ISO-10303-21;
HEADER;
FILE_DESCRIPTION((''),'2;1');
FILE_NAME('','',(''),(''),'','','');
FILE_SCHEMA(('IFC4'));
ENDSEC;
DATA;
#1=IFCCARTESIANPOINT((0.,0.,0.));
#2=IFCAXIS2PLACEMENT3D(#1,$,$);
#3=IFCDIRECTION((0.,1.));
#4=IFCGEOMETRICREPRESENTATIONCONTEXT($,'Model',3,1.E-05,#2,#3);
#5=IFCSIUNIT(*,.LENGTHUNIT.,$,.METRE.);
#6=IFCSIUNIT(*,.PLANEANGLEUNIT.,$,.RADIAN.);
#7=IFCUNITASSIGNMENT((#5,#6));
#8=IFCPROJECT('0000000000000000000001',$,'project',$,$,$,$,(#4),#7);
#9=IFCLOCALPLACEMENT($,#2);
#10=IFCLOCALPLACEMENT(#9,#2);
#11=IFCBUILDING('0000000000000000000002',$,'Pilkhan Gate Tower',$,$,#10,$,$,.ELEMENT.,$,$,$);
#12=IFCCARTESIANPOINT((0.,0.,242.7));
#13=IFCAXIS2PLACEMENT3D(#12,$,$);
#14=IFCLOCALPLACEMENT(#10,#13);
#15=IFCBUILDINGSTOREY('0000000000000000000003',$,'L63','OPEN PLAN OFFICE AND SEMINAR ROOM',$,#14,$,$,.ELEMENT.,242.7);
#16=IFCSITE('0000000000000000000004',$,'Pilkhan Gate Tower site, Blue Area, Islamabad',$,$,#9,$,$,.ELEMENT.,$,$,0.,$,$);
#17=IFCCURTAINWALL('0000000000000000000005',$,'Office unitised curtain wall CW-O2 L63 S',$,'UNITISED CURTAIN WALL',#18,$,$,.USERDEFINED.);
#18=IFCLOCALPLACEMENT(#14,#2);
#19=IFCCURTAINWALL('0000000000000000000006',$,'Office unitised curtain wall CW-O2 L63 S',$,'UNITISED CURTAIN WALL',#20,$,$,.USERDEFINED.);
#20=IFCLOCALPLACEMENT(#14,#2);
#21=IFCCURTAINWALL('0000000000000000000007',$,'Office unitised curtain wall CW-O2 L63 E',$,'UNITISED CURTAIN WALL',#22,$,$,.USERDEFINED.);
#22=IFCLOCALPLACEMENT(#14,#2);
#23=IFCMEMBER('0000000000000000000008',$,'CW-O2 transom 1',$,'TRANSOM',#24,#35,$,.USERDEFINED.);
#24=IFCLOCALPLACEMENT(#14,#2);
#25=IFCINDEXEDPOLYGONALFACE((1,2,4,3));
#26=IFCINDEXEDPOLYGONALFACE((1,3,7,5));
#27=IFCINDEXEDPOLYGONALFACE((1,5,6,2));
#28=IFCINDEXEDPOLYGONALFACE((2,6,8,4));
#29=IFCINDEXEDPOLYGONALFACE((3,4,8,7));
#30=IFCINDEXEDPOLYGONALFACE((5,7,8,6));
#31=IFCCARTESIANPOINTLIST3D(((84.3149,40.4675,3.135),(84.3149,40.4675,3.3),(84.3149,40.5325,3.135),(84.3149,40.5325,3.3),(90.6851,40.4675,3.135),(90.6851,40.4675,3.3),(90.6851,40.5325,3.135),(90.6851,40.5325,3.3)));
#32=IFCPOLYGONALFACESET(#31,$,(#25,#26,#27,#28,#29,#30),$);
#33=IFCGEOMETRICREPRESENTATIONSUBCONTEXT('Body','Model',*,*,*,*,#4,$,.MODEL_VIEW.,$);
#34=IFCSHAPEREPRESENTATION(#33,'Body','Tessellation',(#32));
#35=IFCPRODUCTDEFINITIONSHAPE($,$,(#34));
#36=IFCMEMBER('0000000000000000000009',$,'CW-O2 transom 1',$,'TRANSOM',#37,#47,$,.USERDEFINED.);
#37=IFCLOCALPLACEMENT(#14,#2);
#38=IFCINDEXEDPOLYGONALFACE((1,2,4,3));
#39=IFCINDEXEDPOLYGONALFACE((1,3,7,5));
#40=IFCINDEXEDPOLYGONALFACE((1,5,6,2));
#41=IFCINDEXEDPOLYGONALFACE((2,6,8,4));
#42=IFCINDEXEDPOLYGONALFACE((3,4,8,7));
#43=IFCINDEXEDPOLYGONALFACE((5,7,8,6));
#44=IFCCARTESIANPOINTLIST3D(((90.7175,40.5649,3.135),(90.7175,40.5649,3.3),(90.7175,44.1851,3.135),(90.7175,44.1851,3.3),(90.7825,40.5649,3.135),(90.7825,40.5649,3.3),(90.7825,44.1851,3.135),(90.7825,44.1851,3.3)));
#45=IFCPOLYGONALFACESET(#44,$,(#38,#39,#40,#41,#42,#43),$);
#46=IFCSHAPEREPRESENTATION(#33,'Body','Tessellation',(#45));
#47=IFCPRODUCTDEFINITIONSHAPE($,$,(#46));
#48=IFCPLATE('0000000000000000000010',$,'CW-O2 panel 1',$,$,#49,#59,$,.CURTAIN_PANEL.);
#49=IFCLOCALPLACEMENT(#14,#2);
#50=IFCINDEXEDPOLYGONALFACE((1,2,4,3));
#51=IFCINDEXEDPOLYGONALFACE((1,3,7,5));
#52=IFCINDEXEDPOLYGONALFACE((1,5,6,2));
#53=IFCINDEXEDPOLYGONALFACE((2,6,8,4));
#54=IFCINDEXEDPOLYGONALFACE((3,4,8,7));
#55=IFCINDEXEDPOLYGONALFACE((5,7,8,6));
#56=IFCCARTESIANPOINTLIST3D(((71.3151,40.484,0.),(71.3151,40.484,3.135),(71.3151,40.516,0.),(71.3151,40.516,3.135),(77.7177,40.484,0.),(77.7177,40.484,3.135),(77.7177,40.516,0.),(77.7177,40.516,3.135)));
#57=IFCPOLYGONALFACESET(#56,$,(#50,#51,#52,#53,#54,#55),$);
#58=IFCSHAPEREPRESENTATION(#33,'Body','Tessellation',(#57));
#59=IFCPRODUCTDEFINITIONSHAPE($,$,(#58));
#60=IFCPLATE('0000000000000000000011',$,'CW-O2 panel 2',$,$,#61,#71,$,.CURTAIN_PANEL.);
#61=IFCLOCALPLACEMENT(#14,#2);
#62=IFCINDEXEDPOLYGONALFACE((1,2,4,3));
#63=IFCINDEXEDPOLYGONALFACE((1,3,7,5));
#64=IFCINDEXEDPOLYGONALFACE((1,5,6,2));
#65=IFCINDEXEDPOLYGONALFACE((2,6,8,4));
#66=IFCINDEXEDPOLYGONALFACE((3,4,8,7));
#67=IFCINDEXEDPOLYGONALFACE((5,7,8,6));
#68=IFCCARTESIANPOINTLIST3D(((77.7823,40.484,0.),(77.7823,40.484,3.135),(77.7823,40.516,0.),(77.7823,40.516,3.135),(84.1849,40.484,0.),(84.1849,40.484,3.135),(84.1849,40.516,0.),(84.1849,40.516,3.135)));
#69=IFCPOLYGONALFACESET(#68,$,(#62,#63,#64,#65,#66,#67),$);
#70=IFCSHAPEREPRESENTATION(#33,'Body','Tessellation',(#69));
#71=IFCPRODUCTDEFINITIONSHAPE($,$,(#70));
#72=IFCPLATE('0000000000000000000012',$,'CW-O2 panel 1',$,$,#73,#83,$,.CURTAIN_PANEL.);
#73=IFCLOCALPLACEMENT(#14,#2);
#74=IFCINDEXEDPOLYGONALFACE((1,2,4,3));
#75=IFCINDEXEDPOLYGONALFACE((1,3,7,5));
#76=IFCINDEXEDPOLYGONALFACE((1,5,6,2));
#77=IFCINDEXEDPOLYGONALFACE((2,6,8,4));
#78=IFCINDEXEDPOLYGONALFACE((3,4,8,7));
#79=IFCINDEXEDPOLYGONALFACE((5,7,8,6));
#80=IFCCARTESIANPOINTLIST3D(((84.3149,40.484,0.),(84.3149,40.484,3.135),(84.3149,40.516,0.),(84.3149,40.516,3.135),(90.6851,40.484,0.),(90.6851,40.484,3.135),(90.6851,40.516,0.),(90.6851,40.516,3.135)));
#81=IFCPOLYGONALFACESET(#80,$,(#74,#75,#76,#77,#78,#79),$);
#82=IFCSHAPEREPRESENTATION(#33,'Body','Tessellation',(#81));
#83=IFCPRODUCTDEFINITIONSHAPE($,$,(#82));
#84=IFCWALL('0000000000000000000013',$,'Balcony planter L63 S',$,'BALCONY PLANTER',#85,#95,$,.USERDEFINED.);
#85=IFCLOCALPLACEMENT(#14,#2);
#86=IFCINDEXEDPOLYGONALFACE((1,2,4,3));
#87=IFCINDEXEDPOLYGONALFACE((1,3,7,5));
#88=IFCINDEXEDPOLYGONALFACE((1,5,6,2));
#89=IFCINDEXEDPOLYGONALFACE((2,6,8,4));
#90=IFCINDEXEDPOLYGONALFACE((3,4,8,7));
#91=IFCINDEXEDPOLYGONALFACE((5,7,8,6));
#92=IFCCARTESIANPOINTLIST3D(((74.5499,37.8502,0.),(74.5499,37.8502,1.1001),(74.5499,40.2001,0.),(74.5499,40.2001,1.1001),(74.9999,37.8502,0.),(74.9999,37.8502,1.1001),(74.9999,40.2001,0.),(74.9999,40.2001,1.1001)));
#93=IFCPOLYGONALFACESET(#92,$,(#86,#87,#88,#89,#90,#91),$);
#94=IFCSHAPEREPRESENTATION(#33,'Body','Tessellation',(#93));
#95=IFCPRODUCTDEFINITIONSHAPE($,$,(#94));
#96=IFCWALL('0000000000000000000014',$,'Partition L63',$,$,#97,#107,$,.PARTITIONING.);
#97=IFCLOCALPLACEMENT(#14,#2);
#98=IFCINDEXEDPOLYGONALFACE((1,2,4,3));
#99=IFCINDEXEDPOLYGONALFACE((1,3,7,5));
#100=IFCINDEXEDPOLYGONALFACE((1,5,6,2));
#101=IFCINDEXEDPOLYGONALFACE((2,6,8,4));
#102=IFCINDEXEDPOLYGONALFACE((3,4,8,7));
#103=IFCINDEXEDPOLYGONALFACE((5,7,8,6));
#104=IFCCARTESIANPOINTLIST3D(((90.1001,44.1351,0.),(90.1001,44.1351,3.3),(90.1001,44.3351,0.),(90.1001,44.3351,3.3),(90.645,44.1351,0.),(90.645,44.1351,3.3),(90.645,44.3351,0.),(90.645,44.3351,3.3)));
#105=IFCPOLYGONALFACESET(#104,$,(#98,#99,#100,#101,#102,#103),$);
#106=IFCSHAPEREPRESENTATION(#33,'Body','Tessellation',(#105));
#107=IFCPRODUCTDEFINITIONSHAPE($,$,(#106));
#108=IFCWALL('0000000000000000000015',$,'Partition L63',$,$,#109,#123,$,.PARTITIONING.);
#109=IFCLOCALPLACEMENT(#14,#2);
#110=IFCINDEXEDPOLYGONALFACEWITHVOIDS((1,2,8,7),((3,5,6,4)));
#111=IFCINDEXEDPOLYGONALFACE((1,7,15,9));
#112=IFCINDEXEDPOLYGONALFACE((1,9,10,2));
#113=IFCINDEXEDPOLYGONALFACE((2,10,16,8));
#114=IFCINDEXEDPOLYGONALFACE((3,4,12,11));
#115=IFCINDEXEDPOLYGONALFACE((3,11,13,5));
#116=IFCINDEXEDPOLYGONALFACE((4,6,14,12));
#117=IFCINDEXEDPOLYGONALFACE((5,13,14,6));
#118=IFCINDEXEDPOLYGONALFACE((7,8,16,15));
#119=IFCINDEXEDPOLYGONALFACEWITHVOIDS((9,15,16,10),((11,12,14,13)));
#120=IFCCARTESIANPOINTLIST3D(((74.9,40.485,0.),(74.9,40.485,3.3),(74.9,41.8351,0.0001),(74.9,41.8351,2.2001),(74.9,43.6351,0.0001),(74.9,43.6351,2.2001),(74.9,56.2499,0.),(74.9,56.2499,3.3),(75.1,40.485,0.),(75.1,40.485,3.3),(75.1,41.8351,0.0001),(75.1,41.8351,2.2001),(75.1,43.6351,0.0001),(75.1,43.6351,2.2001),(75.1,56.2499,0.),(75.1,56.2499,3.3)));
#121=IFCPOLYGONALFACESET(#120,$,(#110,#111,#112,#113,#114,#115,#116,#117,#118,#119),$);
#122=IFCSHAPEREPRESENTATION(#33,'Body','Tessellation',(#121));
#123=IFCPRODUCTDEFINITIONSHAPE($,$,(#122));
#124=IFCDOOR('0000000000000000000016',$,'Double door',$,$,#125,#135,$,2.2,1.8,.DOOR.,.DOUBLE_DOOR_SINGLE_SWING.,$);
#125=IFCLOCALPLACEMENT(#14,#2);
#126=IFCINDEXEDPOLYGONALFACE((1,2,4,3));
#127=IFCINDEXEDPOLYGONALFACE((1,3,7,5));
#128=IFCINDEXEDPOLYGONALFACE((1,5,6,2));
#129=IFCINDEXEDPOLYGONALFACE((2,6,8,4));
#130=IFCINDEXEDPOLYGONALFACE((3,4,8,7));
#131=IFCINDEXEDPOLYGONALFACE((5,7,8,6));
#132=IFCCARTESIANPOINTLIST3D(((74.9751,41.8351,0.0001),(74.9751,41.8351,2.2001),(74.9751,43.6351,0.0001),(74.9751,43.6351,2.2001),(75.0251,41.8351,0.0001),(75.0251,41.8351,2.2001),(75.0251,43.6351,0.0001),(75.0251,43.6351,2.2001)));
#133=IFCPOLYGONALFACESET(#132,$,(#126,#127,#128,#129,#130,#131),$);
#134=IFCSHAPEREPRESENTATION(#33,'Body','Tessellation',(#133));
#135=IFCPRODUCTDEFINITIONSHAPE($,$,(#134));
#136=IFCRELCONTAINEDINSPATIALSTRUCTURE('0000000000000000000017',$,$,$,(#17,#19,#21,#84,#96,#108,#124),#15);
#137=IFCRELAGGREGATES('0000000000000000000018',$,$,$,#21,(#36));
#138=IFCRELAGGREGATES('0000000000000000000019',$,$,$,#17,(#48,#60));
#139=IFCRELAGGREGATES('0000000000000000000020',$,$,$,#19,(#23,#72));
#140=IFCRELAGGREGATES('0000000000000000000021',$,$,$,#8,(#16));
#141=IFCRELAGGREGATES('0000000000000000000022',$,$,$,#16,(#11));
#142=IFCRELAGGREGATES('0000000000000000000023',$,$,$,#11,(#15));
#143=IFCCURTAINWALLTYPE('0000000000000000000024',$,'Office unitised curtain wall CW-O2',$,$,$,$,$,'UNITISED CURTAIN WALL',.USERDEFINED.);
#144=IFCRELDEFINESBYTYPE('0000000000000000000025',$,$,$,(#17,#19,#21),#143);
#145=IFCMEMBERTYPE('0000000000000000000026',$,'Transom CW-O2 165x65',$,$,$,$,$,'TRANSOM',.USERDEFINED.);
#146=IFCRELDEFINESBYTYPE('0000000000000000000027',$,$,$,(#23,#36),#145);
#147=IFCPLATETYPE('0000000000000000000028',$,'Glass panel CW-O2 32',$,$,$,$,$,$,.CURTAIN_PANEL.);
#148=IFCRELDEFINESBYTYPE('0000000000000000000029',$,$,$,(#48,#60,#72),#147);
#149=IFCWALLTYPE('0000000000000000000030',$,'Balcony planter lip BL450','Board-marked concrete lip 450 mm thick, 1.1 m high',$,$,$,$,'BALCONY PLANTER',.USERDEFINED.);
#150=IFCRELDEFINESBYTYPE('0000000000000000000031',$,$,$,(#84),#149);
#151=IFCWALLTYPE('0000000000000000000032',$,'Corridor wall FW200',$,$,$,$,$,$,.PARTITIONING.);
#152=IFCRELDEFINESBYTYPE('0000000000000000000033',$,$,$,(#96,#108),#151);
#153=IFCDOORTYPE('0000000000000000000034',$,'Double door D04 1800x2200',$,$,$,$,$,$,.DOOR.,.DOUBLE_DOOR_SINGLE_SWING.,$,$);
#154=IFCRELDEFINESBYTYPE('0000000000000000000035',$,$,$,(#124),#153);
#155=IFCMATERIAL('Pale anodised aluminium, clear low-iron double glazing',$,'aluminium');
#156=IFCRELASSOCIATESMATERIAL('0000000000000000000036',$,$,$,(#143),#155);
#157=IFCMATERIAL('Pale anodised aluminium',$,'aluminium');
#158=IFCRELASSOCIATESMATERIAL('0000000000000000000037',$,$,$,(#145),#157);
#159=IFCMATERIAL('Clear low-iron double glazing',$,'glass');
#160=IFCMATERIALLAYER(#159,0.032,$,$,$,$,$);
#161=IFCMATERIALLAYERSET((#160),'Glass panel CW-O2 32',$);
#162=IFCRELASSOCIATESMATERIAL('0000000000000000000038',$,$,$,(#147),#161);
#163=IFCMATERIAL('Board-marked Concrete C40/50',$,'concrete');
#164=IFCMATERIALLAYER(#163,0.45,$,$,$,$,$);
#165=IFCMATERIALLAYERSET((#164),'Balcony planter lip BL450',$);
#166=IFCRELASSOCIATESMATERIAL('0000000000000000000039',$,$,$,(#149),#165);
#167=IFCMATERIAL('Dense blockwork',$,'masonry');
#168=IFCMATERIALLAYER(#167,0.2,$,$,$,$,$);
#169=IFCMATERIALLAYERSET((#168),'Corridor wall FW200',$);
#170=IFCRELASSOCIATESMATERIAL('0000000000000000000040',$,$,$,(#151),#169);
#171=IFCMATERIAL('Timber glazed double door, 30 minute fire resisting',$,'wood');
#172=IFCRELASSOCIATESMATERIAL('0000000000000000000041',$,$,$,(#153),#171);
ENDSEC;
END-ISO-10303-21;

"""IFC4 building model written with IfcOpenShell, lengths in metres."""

from ifc_helpers import new_model, si_unit, direction, frame, frame_2d, origin, origin_2d, place, context, subcontext, project, spatial, rectangle, extrude, material, layer, layer_set, material_profile, profile_set, type_object, element, fill, aggregate, save


model = new_model("IFC4")

# Units and contexts
model_context = context("Model", 3, precision=1e-05, world=origin(), true_north=direction((0.0, 1.0)))
body_context = subcontext(model_context, "Body", "Model", "MODEL_VIEW")
ifc_project = project(units=[si_unit("LENGTHUNIT", "METRE"), si_unit("PLANEANGLEUNIT", "RADIAN")], contexts=[model_context])

# Site, building, storey
site_placement = place(None, origin())
site = spatial("IfcSite", under=ifc_project, at=site_placement, Name="Pilkhan Gate Tower site, Blue Area, Islamabad", CompositionType="ELEMENT", RefElevation=0.0)
building_placement = place(site_placement, origin())
building = spatial("IfcBuilding", under=site, at=building_placement, Name="Pilkhan Gate Tower", CompositionType="ELEMENT")
storey_placement = place(building_placement, frame((0.0, 0.0, 242.7)))
storey = spatial("IfcBuildingStorey", under=building, at=storey_placement, Name="L63", Description="OPEN PLAN OFFICE AND SEMINAR ROOM", CompositionType="ELEMENT", Elevation=242.7)

# Curtain walls
ifc_material_1 = material(Name="Pale anodised aluminium, clear low-iron double glazing", Category="aluminium")
curtain_wall_type = type_object("IfcCurtainWallType", Name="Office unitised curtain wall CW-O2", ElementType="UNITISED CURTAIN WALL", PredefinedType="USERDEFINED", material=ifc_material_1)
curtain_wall_1_placement = place(storey_placement, origin())
curtain_wall_1 = element("IfcCurtainWall", 1, at=curtain_wall_1_placement, inside=storey, type_object=curtain_wall_type, Name="Office unitised curtain wall CW-O2 L63 S", ObjectType="UNITISED CURTAIN WALL", PredefinedType="USERDEFINED")
ifc_material_2 = material(Name="Pale anodised aluminium", Category="aluminium")
curtain_wall_2_placement = place(storey_placement, origin())
curtain_wall_2 = element("IfcCurtainWall", 2, at=curtain_wall_2_placement, inside=storey, type_object=curtain_wall_type, Name="Office unitised curtain wall CW-O2 L63 S", ObjectType="UNITISED CURTAIN WALL", PredefinedType="USERDEFINED")

# Curtain wall
curtain_wall_3_placement = place(storey_placement, origin())
curtain_wall_3 = element("IfcCurtainWall", 3, at=curtain_wall_3_placement, inside=storey, type_object=curtain_wall_type, Name="Office unitised curtain wall CW-O2 L63 E", ObjectType="UNITISED CURTAIN WALL", PredefinedType="USERDEFINED")

# Members
ifc_material_profile_1 = material_profile(ifc_material_2, rectangle(XDim=0.0649, YDim=0.165, at=origin_2d()), Name="Transom 165x65")
ifc_profile_set_1 = profile_set([ifc_material_profile_1], Name="Pale anodised aluminium")
member_type_1 = type_object("IfcMemberType", Name="Transom CW-O2 165x65", ElementType="TRANSOM", PredefinedType="USERDEFINED", material=ifc_profile_set_1)
member_1_placement = place(storey_placement, frame((84.3149, 40.5, 3.2175), z_axis=(1.0, 0.0, 0.0), x_axis=(0.0, 1.0, 0.0)))
member_1 = element("IfcMember", 4, at=member_1_placement, type_object=member_type_1, Name="CW-O2 transom 1", ObjectType="TRANSOM", PredefinedType="USERDEFINED", context=body_context, shape_type="SweptSolid", body=[
    extrude(rectangle(XDim=0.0649, YDim=0.165, at=origin_2d()), origin(), (0.0, 0.0, 1.0), 6.3701),
])
member_2_placement = place(storey_placement, frame((90.75, 40.5649, 3.2175), z_axis=(0.0, 1.0, 0.0), x_axis=(-1.0, 0.0, 0.0)))
member_2 = element("IfcMember", 5, at=member_2_placement, type_object=member_type_1, Name="CW-O2 transom 1", ObjectType="TRANSOM", PredefinedType="USERDEFINED", context=body_context, shape_type="SweptSolid", body=[
    extrude(rectangle(XDim=0.0649, YDim=0.165, at=origin_2d()), origin(), (0.0, 0.0, 1.0), 3.6201),
])
aggregate(curtain_wall_3, [member_2])

# Plates
ifc_material_3 = material(Name="Clear low-iron double glazing", Category="glass")
ifc_layer_1 = layer(ifc_material_3, 0.032)
ifc_layer_set_1 = layer_set([ifc_layer_1], Name="Glass panel CW-O2 32")
plate_type = type_object("IfcPlateType", Name="Glass panel CW-O2 32", PredefinedType="CURTAIN_PANEL", material=ifc_layer_set_1)
plate_1_placement = place(storey_placement, frame((74.5164, 40.5, 0.0), z_axis=(0.0, 0.0, 1.0), x_axis=(1.0, 0.0, 0.0)))
plate_1 = element("IfcPlate", 6, at=plate_1_placement, type_object=plate_type, Name="CW-O2 panel 1", PredefinedType="CURTAIN_PANEL", context=body_context, shape_type="SweptSolid", body=[
    extrude(rectangle(XDim=6.4026, YDim=0.032, at=origin_2d()), origin(), (0.0, 0.0, 1.0), 3.135),
])
plate_2_placement = place(storey_placement, frame((80.9836, 40.5, 0.0), z_axis=(0.0, 0.0, 1.0), x_axis=(1.0, 0.0, 0.0)))
plate_2 = element("IfcPlate", 7, at=plate_2_placement, type_object=plate_type, Name="CW-O2 panel 2", PredefinedType="CURTAIN_PANEL", context=body_context, shape_type="SweptSolid", body=[
    extrude(rectangle(XDim=6.4026, YDim=0.032, at=origin_2d()), origin(), (0.0, 0.0, 1.0), 3.135),
])
aggregate(curtain_wall_1, [plate_1, plate_2])
plate_3_placement = place(storey_placement, frame((87.5, 40.5, 0.0), z_axis=(0.0, 0.0, 1.0), x_axis=(1.0, 0.0, 0.0)))
plate_3 = element("IfcPlate", 8, at=plate_3_placement, type_object=plate_type, Name="CW-O2 panel 1", PredefinedType="CURTAIN_PANEL", context=body_context, shape_type="SweptSolid", body=[
    extrude(rectangle(XDim=6.3701, YDim=0.032, at=origin_2d()), origin(), (0.0, 0.0, 1.0), 3.135),
])
aggregate(curtain_wall_2, [member_1, plate_3])

# Walls
ifc_material_4 = material(Name="Board-marked Concrete C40/50", Category="concrete")
ifc_layer_2 = layer(ifc_material_4, 0.45)
ifc_layer_set_2 = layer_set([ifc_layer_2], Name="Balcony planter lip BL450")
wall_type_1 = type_object("IfcWallType", Name="Balcony planter lip BL450", Description="Board-marked concrete lip 450 mm thick, 1.1 m high", ElementType="BALCONY PLANTER", PredefinedType="USERDEFINED", material=ifc_layer_set_2)
wall_1_placement = place(storey_placement, frame((74.7749, 40.2, 0.0), z_axis=(0.0, 0.0, 1.0), x_axis=(0.0, -1.0, 0.0)))
element("IfcWall", 9, at=wall_1_placement, inside=storey, type_object=wall_type_1, Name="Balcony planter L63 S", ObjectType="BALCONY PLANTER", PredefinedType="USERDEFINED", context=body_context, shape_type="SweptSolid", body=[
    extrude(rectangle(XDim=2.3499, YDim=0.45, at=frame_2d((1.1748, 0.0))), origin(), (0.0, 0.0, 1.0), 1.1001),
])
ifc_material_5 = material(Name="Dense blockwork", Category="masonry")
ifc_layer_3 = layer(ifc_material_5, 0.2)
ifc_layer_set_3 = layer_set([ifc_layer_3], Name="Corridor wall FW200")
wall_type_2 = type_object("IfcWallType", Name="Corridor wall FW200", PredefinedType="PARTITIONING", material=ifc_layer_set_3)
wall_2_placement = place(storey_placement, frame((90.1001, 44.2351, 0.0), z_axis=(0.0, 0.0, 1.0), x_axis=(1.0, 0.0, 0.0)))
element("IfcWall", 10, at=wall_2_placement, inside=storey, type_object=wall_type_2, Name="Partition L63", PredefinedType="PARTITIONING", context=body_context, shape_type="SweptSolid", body=[
    extrude(rectangle(XDim=0.5449, YDim=0.2, at=frame_2d((0.2725, 0.0))), origin(), (0.0, 0.0, 1.0), 3.3),
])

# Wall, opening, door
wall_3_placement = place(storey_placement, frame((75.0, 40.4851, 0.0), z_axis=(0.0, 0.0, 1.0), x_axis=(0.0, 1.0, 0.0)))
wall_3 = element("IfcWall", 11, at=wall_3_placement, inside=storey, type_object=wall_type_2, Name="Partition L63", PredefinedType="PARTITIONING", context=body_context, shape_type="SweptSolid", body=[
    extrude(rectangle(XDim=15.7649, YDim=0.2, at=frame_2d((7.8823, 0.0))), origin(), (0.0, 0.0, 1.0), 3.3),
])
opening_1_placement = place(wall_3_placement, frame((1.3501, 0.0, 0.0)))
opening_1 = element("IfcOpeningElement", 12, at=opening_1_placement, cuts=wall_3, PredefinedType="OPENING", context=body_context, shape_type="SweptSolid", body=[
    extrude(rectangle(XDim=1.8, YDim=2.2, at=frame_2d((0.8999, 1.1001))), frame((0.0, 0.1099, 0.0), z_axis=(0.0, -1.0, 0.0), x_axis=(1.0, 0.0, 0.0)), (0.0, 0.0, 1.0), 0.22),
])
ifc_material_6 = material(Name="Timber glazed double door, 30 minute fire resisting", Category="wood")
door_type_1 = type_object("IfcDoorType", Name="Double door D04 1800x2200", OperationType="DOUBLE_DOOR_SINGLE_SWING", PredefinedType="DOOR", material=ifc_material_6)
door_1_placement = place(opening_1_placement, origin())
door_1 = element("IfcDoor", 13, at=door_1_placement, inside=storey, type_object=door_type_1, Name="Double door", OperationType="DOUBLE_DOOR_SINGLE_SWING", OverallHeight=2.2, OverallWidth=1.8, PredefinedType="DOOR", context=body_context, shape_type="SweptSolid", body=[
    extrude(rectangle(XDim=1.8, YDim=2.2, at=frame_2d((0.8999, 1.1001))), frame((0.0, 0.0249, 0.0), z_axis=(0.0, -1.0, 0.0), x_axis=(1.0, 0.0, 0.0)), (0.0, 0.0, 1.0), 0.05),
])
fill(opening_1, door_1)

save(model, "model.ifc")
